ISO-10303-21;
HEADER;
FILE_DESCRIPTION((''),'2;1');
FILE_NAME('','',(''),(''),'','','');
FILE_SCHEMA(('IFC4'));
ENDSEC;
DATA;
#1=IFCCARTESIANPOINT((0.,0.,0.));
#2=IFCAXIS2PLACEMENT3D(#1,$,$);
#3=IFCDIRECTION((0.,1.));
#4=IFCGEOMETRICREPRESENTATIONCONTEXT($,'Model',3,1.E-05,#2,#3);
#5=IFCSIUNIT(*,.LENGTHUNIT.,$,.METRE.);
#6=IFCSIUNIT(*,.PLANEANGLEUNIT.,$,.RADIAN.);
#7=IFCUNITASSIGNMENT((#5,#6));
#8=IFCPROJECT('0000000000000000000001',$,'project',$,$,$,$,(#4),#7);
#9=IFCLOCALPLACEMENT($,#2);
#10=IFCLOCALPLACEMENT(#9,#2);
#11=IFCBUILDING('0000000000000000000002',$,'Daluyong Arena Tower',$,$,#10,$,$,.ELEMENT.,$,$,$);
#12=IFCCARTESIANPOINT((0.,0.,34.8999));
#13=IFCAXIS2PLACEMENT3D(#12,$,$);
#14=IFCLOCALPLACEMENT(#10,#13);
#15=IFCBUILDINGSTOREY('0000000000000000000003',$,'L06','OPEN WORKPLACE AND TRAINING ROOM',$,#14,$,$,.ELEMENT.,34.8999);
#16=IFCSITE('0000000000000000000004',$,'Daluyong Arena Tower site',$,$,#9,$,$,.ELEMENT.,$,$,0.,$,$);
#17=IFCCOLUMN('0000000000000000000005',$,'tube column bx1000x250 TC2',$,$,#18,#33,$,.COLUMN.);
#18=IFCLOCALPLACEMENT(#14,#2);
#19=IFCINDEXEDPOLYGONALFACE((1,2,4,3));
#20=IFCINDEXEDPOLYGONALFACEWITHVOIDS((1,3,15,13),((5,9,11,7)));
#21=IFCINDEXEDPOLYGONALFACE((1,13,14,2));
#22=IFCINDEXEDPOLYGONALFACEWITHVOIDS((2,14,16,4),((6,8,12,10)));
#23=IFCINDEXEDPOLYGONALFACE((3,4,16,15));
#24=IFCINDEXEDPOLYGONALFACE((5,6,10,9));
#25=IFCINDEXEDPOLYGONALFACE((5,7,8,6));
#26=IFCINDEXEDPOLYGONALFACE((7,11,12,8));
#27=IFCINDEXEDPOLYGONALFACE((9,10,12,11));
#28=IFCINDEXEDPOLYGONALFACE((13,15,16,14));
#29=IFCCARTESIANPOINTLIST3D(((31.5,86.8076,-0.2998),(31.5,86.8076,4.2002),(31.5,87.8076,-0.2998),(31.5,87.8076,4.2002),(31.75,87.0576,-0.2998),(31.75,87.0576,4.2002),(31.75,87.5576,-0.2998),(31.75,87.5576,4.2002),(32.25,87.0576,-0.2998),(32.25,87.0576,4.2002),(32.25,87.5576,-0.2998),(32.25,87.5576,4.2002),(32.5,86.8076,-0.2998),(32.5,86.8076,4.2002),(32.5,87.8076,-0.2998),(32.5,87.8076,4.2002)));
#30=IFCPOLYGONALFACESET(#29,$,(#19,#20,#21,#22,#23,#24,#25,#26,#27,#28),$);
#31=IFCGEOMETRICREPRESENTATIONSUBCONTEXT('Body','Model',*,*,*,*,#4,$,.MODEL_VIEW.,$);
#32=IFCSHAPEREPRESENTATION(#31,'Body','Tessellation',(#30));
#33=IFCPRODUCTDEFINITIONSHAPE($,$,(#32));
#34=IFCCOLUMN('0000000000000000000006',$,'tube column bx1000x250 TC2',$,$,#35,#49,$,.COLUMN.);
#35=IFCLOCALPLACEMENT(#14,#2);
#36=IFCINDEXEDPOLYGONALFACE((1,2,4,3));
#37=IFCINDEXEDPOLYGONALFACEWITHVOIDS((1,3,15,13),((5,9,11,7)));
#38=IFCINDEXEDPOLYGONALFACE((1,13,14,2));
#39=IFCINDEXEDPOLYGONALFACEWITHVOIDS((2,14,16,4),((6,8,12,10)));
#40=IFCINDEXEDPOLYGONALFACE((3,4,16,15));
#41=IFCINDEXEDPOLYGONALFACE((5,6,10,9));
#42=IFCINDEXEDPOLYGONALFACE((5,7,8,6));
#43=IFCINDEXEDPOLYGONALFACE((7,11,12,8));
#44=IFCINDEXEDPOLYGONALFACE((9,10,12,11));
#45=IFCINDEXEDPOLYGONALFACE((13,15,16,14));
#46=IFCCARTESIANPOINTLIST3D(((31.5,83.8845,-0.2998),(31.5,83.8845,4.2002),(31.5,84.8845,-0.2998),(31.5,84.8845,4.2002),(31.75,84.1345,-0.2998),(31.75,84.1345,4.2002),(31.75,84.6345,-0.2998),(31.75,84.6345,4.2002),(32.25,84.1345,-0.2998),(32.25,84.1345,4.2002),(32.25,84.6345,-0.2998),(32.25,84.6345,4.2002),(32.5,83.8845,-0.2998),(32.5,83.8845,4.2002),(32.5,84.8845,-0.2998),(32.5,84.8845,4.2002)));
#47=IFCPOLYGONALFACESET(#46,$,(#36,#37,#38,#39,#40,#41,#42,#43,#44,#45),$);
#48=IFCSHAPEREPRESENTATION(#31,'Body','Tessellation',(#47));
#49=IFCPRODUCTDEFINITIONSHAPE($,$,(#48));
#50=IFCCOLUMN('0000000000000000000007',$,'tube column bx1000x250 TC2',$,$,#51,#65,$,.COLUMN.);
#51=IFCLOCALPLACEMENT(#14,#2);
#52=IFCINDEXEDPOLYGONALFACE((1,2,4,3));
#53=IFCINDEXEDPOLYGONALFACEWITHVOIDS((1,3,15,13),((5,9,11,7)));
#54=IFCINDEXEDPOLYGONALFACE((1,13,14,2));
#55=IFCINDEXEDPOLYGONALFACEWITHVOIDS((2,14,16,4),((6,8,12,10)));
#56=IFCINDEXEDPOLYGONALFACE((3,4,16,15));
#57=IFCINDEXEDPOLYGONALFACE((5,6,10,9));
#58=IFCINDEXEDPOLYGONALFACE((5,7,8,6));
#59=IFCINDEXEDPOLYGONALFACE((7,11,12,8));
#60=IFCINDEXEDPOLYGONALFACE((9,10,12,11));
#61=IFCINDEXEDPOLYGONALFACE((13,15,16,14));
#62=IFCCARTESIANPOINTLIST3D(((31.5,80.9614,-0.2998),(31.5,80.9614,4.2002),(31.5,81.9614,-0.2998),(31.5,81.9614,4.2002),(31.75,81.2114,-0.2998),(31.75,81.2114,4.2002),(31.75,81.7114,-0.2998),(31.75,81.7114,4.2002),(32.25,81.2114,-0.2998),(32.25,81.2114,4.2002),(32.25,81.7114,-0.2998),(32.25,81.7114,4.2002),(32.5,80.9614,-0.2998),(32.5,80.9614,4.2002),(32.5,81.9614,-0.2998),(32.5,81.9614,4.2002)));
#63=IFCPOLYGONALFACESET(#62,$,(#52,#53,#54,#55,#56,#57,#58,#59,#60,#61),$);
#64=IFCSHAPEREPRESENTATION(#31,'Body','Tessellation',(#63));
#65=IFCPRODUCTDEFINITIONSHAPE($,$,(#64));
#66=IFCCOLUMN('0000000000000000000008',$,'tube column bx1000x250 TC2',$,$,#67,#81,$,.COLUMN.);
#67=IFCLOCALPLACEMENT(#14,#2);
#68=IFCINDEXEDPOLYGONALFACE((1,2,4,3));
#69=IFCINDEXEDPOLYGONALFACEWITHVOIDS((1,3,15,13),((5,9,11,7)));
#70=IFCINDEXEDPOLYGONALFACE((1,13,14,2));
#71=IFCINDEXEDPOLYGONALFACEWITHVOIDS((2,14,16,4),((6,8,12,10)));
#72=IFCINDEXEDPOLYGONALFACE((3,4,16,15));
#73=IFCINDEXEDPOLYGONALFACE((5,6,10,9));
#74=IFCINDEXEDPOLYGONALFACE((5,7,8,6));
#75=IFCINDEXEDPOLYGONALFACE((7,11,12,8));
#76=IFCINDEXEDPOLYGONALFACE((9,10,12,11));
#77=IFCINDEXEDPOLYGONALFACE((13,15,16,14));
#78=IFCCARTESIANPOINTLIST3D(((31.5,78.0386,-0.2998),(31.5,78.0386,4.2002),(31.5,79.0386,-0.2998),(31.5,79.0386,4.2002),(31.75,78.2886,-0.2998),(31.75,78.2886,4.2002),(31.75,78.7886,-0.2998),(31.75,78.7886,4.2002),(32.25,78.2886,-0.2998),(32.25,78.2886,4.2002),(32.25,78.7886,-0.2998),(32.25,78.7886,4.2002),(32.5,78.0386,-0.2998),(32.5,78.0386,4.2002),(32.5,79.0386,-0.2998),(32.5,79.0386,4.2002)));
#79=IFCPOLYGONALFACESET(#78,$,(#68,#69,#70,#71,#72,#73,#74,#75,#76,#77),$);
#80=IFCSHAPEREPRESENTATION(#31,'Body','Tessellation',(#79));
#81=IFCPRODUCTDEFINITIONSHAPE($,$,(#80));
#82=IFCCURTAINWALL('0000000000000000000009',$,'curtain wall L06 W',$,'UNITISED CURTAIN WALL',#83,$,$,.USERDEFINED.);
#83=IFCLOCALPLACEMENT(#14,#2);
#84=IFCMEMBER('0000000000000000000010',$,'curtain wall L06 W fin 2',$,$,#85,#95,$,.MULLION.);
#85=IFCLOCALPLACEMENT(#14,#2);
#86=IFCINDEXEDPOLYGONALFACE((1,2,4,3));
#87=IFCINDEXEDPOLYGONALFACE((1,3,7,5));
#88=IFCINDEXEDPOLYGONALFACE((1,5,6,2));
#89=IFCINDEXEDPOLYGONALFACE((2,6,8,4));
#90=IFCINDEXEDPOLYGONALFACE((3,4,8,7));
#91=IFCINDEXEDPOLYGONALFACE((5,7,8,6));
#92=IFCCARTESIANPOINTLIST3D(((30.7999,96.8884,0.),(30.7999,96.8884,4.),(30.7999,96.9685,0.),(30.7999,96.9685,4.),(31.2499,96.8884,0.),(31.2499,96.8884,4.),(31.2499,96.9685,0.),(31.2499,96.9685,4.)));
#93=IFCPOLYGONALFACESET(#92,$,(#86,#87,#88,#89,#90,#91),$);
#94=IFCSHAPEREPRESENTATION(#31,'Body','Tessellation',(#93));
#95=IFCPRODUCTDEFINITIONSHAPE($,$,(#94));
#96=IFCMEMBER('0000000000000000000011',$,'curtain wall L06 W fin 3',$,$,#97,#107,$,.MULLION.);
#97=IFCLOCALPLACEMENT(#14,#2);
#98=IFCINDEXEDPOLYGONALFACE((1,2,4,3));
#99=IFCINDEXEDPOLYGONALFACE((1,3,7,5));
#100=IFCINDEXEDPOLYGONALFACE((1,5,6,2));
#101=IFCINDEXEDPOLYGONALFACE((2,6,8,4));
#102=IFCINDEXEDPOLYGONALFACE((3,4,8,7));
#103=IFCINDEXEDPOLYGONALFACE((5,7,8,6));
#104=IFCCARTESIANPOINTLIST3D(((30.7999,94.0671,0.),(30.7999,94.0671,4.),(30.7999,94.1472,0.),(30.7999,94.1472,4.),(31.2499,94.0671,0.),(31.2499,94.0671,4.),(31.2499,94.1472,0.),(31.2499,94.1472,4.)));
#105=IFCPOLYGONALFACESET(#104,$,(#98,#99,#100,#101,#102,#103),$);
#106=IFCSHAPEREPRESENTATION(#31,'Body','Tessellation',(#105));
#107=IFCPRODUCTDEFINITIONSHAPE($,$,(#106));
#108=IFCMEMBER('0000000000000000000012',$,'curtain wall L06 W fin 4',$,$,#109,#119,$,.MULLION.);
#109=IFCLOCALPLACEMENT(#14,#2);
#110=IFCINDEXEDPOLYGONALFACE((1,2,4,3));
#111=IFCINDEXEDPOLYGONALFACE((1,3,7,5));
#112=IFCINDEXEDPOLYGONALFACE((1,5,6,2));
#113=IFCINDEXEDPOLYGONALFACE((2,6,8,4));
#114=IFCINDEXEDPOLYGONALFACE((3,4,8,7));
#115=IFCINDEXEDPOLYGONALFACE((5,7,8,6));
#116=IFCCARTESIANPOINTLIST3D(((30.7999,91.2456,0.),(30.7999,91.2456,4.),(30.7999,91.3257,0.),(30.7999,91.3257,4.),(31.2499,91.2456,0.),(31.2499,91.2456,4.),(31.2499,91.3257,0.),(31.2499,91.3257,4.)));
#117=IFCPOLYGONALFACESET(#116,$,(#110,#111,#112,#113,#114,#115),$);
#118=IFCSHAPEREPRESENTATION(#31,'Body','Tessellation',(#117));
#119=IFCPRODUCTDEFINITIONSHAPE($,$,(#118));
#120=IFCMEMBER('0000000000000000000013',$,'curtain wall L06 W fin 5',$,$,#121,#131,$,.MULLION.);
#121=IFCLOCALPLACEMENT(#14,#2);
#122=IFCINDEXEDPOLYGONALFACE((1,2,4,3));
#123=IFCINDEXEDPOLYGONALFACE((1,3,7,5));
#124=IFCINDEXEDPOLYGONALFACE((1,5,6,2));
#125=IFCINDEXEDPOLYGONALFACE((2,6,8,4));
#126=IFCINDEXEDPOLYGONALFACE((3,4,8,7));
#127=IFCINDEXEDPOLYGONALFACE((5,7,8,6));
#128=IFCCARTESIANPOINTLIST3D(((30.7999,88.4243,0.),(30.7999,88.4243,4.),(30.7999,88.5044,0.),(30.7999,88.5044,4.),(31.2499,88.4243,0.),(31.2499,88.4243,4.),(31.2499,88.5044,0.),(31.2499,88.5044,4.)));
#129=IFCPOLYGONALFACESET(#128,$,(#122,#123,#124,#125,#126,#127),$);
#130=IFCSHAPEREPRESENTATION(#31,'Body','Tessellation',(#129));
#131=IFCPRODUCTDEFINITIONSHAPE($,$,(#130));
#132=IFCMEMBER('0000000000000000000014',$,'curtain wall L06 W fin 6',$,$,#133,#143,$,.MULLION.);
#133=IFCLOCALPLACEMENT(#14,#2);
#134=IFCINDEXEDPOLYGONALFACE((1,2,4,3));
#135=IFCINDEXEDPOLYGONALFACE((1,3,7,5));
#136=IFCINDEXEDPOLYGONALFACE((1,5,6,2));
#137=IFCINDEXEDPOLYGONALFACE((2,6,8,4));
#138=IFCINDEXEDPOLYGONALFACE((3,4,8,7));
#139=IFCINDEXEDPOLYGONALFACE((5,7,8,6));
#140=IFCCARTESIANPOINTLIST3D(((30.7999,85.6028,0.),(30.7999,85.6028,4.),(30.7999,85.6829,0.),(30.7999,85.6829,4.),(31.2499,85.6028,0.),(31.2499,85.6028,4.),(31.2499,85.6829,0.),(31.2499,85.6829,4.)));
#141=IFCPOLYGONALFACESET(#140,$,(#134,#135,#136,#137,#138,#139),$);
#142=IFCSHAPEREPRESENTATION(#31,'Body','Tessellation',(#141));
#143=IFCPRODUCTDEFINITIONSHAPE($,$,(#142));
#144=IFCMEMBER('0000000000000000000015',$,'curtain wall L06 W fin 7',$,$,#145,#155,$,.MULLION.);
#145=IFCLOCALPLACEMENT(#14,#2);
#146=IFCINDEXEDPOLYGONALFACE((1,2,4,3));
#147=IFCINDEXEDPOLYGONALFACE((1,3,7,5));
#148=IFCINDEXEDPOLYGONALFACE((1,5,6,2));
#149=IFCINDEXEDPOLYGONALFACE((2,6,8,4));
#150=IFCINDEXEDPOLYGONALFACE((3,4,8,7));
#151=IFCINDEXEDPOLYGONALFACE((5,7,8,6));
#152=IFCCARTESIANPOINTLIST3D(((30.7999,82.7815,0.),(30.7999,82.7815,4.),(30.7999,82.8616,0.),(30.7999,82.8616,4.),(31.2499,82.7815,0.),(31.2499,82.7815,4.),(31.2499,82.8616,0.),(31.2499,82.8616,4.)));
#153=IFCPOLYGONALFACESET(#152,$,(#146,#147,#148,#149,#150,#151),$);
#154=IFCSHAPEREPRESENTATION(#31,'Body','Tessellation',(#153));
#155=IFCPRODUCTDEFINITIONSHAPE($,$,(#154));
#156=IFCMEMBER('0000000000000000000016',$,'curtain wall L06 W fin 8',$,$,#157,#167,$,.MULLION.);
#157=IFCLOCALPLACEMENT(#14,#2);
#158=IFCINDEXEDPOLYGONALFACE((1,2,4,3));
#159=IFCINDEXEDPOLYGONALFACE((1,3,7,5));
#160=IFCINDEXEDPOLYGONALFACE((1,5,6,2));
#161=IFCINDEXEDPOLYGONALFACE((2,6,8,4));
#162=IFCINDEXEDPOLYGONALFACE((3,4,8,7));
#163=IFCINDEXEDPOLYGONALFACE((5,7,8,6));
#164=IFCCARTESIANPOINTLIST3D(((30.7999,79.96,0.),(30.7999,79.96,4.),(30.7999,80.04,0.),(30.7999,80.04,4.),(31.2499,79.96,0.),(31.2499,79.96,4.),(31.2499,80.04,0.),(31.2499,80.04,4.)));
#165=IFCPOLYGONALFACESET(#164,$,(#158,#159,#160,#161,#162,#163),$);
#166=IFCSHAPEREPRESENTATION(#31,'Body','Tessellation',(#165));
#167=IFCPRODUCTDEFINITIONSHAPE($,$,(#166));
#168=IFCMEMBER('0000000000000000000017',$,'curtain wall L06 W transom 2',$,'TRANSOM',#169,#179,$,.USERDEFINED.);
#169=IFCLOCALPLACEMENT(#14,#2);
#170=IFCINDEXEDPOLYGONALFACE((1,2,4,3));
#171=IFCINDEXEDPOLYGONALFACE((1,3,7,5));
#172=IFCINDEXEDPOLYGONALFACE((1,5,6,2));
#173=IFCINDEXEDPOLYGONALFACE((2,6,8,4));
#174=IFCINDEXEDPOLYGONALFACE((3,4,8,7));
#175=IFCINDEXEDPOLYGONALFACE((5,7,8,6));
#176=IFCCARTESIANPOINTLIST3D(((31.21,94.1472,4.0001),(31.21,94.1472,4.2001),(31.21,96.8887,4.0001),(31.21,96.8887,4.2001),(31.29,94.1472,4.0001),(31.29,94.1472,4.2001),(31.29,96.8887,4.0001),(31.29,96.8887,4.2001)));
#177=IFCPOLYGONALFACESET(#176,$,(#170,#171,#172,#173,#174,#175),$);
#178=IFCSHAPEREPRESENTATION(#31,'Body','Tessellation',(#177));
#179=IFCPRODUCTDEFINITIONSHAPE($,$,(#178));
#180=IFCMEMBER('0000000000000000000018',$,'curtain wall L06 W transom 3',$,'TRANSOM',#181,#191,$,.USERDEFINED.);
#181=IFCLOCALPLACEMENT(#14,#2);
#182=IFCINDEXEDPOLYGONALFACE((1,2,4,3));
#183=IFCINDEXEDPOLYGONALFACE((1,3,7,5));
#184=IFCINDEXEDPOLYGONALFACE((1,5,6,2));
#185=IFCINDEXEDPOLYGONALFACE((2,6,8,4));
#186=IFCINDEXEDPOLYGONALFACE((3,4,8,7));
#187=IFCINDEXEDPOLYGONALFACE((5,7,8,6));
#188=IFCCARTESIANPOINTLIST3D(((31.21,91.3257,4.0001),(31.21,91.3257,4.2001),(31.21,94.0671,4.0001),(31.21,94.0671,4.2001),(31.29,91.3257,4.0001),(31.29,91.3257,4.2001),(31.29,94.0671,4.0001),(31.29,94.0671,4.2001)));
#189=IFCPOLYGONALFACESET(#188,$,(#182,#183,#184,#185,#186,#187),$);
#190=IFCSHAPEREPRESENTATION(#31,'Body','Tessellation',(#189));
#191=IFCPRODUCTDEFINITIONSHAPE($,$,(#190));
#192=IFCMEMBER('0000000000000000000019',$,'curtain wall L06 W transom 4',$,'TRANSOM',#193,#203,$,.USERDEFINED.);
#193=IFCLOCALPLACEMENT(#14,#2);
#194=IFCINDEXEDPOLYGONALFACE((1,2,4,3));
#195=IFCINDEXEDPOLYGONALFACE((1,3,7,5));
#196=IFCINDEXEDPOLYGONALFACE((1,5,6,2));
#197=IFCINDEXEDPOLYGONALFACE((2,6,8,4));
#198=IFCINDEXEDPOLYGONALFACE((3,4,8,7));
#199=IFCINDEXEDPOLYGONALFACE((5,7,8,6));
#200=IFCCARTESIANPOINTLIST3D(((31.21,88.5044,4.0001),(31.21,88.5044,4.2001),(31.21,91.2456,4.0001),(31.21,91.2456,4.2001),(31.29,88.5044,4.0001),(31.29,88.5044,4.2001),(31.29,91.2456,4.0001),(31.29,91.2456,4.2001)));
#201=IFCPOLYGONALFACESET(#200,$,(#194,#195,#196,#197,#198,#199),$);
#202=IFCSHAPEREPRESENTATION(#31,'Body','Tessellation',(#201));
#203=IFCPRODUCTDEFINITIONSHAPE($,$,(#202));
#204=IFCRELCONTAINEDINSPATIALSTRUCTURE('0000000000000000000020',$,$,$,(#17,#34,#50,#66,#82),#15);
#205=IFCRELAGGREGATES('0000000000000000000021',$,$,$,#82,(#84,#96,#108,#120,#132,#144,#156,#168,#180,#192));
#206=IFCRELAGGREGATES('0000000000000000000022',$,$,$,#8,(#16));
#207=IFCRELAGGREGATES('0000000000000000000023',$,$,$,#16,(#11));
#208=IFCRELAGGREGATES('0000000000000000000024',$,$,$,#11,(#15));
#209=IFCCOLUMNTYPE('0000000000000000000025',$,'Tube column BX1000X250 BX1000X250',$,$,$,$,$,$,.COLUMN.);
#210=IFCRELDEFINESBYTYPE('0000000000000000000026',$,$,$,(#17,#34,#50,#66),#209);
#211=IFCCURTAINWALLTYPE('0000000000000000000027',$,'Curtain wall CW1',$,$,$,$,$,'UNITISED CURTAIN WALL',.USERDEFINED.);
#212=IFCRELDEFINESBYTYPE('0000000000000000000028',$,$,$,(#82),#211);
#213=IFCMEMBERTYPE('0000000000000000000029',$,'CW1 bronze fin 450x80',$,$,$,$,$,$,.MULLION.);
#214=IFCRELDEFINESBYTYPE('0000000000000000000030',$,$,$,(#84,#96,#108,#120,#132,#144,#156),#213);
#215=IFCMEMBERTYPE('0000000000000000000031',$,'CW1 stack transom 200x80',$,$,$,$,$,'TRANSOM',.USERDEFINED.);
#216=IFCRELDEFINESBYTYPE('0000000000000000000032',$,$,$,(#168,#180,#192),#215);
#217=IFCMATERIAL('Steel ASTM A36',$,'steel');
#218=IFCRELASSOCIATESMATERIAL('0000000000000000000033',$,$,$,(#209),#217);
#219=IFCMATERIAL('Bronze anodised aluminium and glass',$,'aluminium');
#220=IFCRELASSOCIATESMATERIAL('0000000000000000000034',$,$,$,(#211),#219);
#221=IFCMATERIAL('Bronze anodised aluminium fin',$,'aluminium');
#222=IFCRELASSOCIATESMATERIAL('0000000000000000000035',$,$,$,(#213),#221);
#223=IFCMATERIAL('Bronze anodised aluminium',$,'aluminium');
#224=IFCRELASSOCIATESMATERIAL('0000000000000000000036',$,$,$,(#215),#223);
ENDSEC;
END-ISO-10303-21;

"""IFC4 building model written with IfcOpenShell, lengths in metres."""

from ifc_helpers import new_model, si_unit, direction, frame, origin, origin_2d, place, context, subcontext, project, spatial, rectangle, hollow_rectangle, extrude, material, material_profile, profile_set, type_object, element, aggregate, save


model = new_model("IFC4")

# Units and contexts
model_context = context("Model", 3, precision=1e-05, world=origin(), true_north=direction((0.0, 1.0)))
body_context = subcontext(model_context, "Body", "Model", "MODEL_VIEW")
ifc_project = project(units=[si_unit("LENGTHUNIT", "METRE"), si_unit("PLANEANGLEUNIT", "RADIAN")], contexts=[model_context])

# Site, building, storey
site_placement = place(None, origin())
site = spatial("IfcSite", under=ifc_project, at=site_placement, Name="Daluyong Arena Tower site", CompositionType="ELEMENT", RefElevation=0.0)
building_placement = place(site_placement, origin())
building = spatial("IfcBuilding", under=site, at=building_placement, Name="Daluyong Arena Tower", CompositionType="ELEMENT")
storey_placement = place(building_placement, frame((0.0, 0.0, 34.8999)))
storey = spatial("IfcBuildingStorey", under=building, at=storey_placement, Name="L06", Description="OPEN WORKPLACE AND TRAINING ROOM", CompositionType="ELEMENT", Elevation=34.8999)

# Columns
ifc_material_1 = material(Name="Steel ASTM A36", Category="steel")
ifc_material_profile_1 = material_profile(ifc_material_1, hollow_rectangle(XDim=1.0, YDim=1.0, WallThickness=0.25, at=origin_2d()))
ifc_profile_set_1 = profile_set([ifc_material_profile_1], Name="Steel ASTM A36")
column_type = type_object("IfcColumnType", Name="Tube column BX1000X250 BX1000X250", PredefinedType="COLUMN", material=ifc_profile_set_1)
for number, where, z_axis, x_axis, name in (
    (1, (32.0, 87.3076, -0.2998), (0.0, 0.0, 1.0), (0.0, 1.0, 0.0), "tube column bx1000x250 TC2"),
    (2, (32.0, 84.3845, -0.2998), (0.0, 0.0, 1.0), (0.0, 1.0, 0.0), "tube column bx1000x250 TC2"),
    (3, (32.0, 81.4614, -0.2998), (0.0, 0.0, 1.0), (0.0, 1.0, 0.0), "tube column bx1000x250 TC2"),
    (4, (32.0, 78.5386, -0.2998), (0.0, 0.0, 1.0), (0.0, 1.0, 0.0), "tube column bx1000x250 TC2"),
):
    element("IfcColumn", number, at=place(storey_placement, frame(where, z_axis=z_axis, x_axis=x_axis)), inside=storey, type_object=column_type, Name=name, PredefinedType="COLUMN", context=body_context, shape_type="SweptSolid", body=[
        extrude(hollow_rectangle(XDim=1.0, YDim=1.0, WallThickness=0.25, at=origin_2d()), origin(), (0.0, 0.0, 1.0), 4.5),
    ])

# Curtain wall, members
ifc_material_2 = material(Name="Bronze anodised aluminium and glass", Category="aluminium")
curtain_wall_type = type_object("IfcCurtainWallType", Name="Curtain wall CW1", ElementType="UNITISED CURTAIN WALL", PredefinedType="USERDEFINED", material=ifc_material_2)
curtain_wall_placement = place(storey_placement, origin())
curtain_wall = element("IfcCurtainWall", 5, at=curtain_wall_placement, inside=storey, type_object=curtain_wall_type, Name="curtain wall L06 W", ObjectType="UNITISED CURTAIN WALL", PredefinedType="USERDEFINED")
ifc_material_3 = material(Name="Bronze anodised aluminium fin", Category="aluminium")
ifc_material_profile_2 = material_profile(ifc_material_3, rectangle(XDim=0.45, YDim=0.0801, at=origin_2d()))
ifc_profile_set_2 = profile_set([ifc_material_profile_2], Name="Bronze anodised aluminium fin")
member_type_1 = type_object("IfcMemberType", Name="CW1 bronze fin 450x80", PredefinedType="MULLION", material=ifc_profile_set_2)
member_1_placement = place(storey_placement, frame((31.0249, 96.9285, 0.0), z_axis=(0.0, 0.0, 1.0), x_axis=(1.0, 0.0, 0.0)))
member_1 = element("IfcMember", 6, at=member_1_placement, type_object=member_type_1, Name="curtain wall L06 W fin 2", PredefinedType="MULLION", context=body_context, shape_type="SweptSolid", body=[
    extrude(rectangle(XDim=0.45, YDim=0.0801, at=origin_2d()), origin(), (0.0, 0.0, 1.0), 4.0),
])
member_2_placement = place(storey_placement, frame((31.0249, 94.1072, 0.0), z_axis=(0.0, 0.0, 1.0), x_axis=(1.0, 0.0, 0.0)))
member_2 = element("IfcMember", 7, at=member_2_placement, type_object=member_type_1, Name="curtain wall L06 W fin 3", PredefinedType="MULLION", context=body_context, shape_type="SweptSolid", body=[
    extrude(rectangle(XDim=0.45, YDim=0.0801, at=origin_2d()), origin(), (0.0, 0.0, 1.0), 4.0),
])
member_3_placement = place(storey_placement, frame((31.0249, 91.2856, 0.0), z_axis=(0.0, 0.0, 1.0), x_axis=(1.0, 0.0, 0.0)))
member_3 = element("IfcMember", 8, at=member_3_placement, type_object=member_type_1, Name="curtain wall L06 W fin 4", PredefinedType="MULLION", context=body_context, shape_type="SweptSolid", body=[
    extrude(rectangle(XDim=0.45, YDim=0.0801, at=origin_2d()), origin(), (0.0, 0.0, 1.0), 4.0),
])
member_4_placement = place(storey_placement, frame((31.0249, 88.4644, 0.0), z_axis=(0.0, 0.0, 1.0), x_axis=(1.0, 0.0, 0.0)))
member_4 = element("IfcMember", 9, at=member_4_placement, type_object=member_type_1, Name="curtain wall L06 W fin 5", PredefinedType="MULLION", context=body_context, shape_type="SweptSolid", body=[
    extrude(rectangle(XDim=0.45, YDim=0.0801, at=origin_2d()), origin(), (0.0, 0.0, 1.0), 4.0),
])
member_5_placement = place(storey_placement, frame((31.0249, 85.6428, 0.0), z_axis=(0.0, 0.0, 1.0), x_axis=(1.0, 0.0, 0.0)))
member_5 = element("IfcMember", 10, at=member_5_placement, type_object=member_type_1, Name="curtain wall L06 W fin 6", PredefinedType="MULLION", context=body_context, shape_type="SweptSolid", body=[
    extrude(rectangle(XDim=0.45, YDim=0.0801, at=origin_2d()), origin(), (0.0, 0.0, 1.0), 4.0),
])
member_6_placement = place(storey_placement, frame((31.0249, 82.8215, 0.0), z_axis=(0.0, 0.0, 1.0), x_axis=(1.0, 0.0, 0.0)))
member_6 = element("IfcMember", 11, at=member_6_placement, type_object=member_type_1, Name="curtain wall L06 W fin 7", PredefinedType="MULLION", context=body_context, shape_type="SweptSolid", body=[
    extrude(rectangle(XDim=0.45, YDim=0.0801, at=origin_2d()), origin(), (0.0, 0.0, 1.0), 4.0),
])
member_7_placement = place(storey_placement, frame((31.0249, 80.0, 0.0), z_axis=(0.0, 0.0, 1.0), x_axis=(1.0, 0.0, 0.0)))
member_7 = element("IfcMember", 12, at=member_7_placement, type_object=member_type_1, Name="curtain wall L06 W fin 8", PredefinedType="MULLION", context=body_context, shape_type="SweptSolid", body=[
    extrude(rectangle(XDim=0.45, YDim=0.0801, at=origin_2d()), origin(), (0.0, 0.0, 1.0), 4.0),
])
ifc_material_4 = material(Name="Bronze anodised aluminium", Category="aluminium")
ifc_material_profile_3 = material_profile(ifc_material_4, rectangle(XDim=0.0801, YDim=0.2, at=origin_2d()))
ifc_profile_set_3 = profile_set([ifc_material_profile_3], Name="Bronze anodised aluminium")
member_type_2 = type_object("IfcMemberType", Name="CW1 stack transom 200x80", ElementType="TRANSOM", PredefinedType="USERDEFINED", material=ifc_profile_set_3)
member_8_placement = place(storey_placement, frame((31.25, 96.8887, 4.1001), z_axis=(0.0, -1.0, 0.0), x_axis=(1.0, 0.0, 0.0)))
member_8 = element("IfcMember", 13, at=member_8_placement, type_object=member_type_2, Name="curtain wall L06 W transom 2", ObjectType="TRANSOM", PredefinedType="USERDEFINED", context=body_context, shape_type="SweptSolid", body=[
    extrude(rectangle(XDim=0.0801, YDim=0.2, at=origin_2d()), origin(), (0.0, 0.0, 1.0), 2.7415),
])
member_9_placement = place(storey_placement, frame((31.25, 94.0671, 4.1001), z_axis=(0.0, -1.0, 0.0), x_axis=(1.0, 0.0, 0.0)))
member_9 = element("IfcMember", 14, at=member_9_placement, type_object=member_type_2, Name="curtain wall L06 W transom 3", ObjectType="TRANSOM", PredefinedType="USERDEFINED", context=body_context, shape_type="SweptSolid", body=[
    extrude(rectangle(XDim=0.0801, YDim=0.2, at=origin_2d()), origin(), (0.0, 0.0, 1.0), 2.7415),
])
member_10_placement = place(storey_placement, frame((31.25, 91.2456, 4.1001), z_axis=(0.0, -1.0, 0.0), x_axis=(1.0, 0.0, 0.0)))
member_10 = element("IfcMember", 15, at=member_10_placement, type_object=member_type_2, Name="curtain wall L06 W transom 4", ObjectType="TRANSOM", PredefinedType="USERDEFINED", context=body_context, shape_type="SweptSolid", body=[
    extrude(rectangle(XDim=0.0801, YDim=0.2, at=origin_2d()), origin(), (0.0, 0.0, 1.0), 2.7412),
])

aggregate(curtain_wall, [member_1, member_2, member_3, member_4, member_5, member_6, member_7, member_8, member_9, member_10])

save(model, "model.ifc")
